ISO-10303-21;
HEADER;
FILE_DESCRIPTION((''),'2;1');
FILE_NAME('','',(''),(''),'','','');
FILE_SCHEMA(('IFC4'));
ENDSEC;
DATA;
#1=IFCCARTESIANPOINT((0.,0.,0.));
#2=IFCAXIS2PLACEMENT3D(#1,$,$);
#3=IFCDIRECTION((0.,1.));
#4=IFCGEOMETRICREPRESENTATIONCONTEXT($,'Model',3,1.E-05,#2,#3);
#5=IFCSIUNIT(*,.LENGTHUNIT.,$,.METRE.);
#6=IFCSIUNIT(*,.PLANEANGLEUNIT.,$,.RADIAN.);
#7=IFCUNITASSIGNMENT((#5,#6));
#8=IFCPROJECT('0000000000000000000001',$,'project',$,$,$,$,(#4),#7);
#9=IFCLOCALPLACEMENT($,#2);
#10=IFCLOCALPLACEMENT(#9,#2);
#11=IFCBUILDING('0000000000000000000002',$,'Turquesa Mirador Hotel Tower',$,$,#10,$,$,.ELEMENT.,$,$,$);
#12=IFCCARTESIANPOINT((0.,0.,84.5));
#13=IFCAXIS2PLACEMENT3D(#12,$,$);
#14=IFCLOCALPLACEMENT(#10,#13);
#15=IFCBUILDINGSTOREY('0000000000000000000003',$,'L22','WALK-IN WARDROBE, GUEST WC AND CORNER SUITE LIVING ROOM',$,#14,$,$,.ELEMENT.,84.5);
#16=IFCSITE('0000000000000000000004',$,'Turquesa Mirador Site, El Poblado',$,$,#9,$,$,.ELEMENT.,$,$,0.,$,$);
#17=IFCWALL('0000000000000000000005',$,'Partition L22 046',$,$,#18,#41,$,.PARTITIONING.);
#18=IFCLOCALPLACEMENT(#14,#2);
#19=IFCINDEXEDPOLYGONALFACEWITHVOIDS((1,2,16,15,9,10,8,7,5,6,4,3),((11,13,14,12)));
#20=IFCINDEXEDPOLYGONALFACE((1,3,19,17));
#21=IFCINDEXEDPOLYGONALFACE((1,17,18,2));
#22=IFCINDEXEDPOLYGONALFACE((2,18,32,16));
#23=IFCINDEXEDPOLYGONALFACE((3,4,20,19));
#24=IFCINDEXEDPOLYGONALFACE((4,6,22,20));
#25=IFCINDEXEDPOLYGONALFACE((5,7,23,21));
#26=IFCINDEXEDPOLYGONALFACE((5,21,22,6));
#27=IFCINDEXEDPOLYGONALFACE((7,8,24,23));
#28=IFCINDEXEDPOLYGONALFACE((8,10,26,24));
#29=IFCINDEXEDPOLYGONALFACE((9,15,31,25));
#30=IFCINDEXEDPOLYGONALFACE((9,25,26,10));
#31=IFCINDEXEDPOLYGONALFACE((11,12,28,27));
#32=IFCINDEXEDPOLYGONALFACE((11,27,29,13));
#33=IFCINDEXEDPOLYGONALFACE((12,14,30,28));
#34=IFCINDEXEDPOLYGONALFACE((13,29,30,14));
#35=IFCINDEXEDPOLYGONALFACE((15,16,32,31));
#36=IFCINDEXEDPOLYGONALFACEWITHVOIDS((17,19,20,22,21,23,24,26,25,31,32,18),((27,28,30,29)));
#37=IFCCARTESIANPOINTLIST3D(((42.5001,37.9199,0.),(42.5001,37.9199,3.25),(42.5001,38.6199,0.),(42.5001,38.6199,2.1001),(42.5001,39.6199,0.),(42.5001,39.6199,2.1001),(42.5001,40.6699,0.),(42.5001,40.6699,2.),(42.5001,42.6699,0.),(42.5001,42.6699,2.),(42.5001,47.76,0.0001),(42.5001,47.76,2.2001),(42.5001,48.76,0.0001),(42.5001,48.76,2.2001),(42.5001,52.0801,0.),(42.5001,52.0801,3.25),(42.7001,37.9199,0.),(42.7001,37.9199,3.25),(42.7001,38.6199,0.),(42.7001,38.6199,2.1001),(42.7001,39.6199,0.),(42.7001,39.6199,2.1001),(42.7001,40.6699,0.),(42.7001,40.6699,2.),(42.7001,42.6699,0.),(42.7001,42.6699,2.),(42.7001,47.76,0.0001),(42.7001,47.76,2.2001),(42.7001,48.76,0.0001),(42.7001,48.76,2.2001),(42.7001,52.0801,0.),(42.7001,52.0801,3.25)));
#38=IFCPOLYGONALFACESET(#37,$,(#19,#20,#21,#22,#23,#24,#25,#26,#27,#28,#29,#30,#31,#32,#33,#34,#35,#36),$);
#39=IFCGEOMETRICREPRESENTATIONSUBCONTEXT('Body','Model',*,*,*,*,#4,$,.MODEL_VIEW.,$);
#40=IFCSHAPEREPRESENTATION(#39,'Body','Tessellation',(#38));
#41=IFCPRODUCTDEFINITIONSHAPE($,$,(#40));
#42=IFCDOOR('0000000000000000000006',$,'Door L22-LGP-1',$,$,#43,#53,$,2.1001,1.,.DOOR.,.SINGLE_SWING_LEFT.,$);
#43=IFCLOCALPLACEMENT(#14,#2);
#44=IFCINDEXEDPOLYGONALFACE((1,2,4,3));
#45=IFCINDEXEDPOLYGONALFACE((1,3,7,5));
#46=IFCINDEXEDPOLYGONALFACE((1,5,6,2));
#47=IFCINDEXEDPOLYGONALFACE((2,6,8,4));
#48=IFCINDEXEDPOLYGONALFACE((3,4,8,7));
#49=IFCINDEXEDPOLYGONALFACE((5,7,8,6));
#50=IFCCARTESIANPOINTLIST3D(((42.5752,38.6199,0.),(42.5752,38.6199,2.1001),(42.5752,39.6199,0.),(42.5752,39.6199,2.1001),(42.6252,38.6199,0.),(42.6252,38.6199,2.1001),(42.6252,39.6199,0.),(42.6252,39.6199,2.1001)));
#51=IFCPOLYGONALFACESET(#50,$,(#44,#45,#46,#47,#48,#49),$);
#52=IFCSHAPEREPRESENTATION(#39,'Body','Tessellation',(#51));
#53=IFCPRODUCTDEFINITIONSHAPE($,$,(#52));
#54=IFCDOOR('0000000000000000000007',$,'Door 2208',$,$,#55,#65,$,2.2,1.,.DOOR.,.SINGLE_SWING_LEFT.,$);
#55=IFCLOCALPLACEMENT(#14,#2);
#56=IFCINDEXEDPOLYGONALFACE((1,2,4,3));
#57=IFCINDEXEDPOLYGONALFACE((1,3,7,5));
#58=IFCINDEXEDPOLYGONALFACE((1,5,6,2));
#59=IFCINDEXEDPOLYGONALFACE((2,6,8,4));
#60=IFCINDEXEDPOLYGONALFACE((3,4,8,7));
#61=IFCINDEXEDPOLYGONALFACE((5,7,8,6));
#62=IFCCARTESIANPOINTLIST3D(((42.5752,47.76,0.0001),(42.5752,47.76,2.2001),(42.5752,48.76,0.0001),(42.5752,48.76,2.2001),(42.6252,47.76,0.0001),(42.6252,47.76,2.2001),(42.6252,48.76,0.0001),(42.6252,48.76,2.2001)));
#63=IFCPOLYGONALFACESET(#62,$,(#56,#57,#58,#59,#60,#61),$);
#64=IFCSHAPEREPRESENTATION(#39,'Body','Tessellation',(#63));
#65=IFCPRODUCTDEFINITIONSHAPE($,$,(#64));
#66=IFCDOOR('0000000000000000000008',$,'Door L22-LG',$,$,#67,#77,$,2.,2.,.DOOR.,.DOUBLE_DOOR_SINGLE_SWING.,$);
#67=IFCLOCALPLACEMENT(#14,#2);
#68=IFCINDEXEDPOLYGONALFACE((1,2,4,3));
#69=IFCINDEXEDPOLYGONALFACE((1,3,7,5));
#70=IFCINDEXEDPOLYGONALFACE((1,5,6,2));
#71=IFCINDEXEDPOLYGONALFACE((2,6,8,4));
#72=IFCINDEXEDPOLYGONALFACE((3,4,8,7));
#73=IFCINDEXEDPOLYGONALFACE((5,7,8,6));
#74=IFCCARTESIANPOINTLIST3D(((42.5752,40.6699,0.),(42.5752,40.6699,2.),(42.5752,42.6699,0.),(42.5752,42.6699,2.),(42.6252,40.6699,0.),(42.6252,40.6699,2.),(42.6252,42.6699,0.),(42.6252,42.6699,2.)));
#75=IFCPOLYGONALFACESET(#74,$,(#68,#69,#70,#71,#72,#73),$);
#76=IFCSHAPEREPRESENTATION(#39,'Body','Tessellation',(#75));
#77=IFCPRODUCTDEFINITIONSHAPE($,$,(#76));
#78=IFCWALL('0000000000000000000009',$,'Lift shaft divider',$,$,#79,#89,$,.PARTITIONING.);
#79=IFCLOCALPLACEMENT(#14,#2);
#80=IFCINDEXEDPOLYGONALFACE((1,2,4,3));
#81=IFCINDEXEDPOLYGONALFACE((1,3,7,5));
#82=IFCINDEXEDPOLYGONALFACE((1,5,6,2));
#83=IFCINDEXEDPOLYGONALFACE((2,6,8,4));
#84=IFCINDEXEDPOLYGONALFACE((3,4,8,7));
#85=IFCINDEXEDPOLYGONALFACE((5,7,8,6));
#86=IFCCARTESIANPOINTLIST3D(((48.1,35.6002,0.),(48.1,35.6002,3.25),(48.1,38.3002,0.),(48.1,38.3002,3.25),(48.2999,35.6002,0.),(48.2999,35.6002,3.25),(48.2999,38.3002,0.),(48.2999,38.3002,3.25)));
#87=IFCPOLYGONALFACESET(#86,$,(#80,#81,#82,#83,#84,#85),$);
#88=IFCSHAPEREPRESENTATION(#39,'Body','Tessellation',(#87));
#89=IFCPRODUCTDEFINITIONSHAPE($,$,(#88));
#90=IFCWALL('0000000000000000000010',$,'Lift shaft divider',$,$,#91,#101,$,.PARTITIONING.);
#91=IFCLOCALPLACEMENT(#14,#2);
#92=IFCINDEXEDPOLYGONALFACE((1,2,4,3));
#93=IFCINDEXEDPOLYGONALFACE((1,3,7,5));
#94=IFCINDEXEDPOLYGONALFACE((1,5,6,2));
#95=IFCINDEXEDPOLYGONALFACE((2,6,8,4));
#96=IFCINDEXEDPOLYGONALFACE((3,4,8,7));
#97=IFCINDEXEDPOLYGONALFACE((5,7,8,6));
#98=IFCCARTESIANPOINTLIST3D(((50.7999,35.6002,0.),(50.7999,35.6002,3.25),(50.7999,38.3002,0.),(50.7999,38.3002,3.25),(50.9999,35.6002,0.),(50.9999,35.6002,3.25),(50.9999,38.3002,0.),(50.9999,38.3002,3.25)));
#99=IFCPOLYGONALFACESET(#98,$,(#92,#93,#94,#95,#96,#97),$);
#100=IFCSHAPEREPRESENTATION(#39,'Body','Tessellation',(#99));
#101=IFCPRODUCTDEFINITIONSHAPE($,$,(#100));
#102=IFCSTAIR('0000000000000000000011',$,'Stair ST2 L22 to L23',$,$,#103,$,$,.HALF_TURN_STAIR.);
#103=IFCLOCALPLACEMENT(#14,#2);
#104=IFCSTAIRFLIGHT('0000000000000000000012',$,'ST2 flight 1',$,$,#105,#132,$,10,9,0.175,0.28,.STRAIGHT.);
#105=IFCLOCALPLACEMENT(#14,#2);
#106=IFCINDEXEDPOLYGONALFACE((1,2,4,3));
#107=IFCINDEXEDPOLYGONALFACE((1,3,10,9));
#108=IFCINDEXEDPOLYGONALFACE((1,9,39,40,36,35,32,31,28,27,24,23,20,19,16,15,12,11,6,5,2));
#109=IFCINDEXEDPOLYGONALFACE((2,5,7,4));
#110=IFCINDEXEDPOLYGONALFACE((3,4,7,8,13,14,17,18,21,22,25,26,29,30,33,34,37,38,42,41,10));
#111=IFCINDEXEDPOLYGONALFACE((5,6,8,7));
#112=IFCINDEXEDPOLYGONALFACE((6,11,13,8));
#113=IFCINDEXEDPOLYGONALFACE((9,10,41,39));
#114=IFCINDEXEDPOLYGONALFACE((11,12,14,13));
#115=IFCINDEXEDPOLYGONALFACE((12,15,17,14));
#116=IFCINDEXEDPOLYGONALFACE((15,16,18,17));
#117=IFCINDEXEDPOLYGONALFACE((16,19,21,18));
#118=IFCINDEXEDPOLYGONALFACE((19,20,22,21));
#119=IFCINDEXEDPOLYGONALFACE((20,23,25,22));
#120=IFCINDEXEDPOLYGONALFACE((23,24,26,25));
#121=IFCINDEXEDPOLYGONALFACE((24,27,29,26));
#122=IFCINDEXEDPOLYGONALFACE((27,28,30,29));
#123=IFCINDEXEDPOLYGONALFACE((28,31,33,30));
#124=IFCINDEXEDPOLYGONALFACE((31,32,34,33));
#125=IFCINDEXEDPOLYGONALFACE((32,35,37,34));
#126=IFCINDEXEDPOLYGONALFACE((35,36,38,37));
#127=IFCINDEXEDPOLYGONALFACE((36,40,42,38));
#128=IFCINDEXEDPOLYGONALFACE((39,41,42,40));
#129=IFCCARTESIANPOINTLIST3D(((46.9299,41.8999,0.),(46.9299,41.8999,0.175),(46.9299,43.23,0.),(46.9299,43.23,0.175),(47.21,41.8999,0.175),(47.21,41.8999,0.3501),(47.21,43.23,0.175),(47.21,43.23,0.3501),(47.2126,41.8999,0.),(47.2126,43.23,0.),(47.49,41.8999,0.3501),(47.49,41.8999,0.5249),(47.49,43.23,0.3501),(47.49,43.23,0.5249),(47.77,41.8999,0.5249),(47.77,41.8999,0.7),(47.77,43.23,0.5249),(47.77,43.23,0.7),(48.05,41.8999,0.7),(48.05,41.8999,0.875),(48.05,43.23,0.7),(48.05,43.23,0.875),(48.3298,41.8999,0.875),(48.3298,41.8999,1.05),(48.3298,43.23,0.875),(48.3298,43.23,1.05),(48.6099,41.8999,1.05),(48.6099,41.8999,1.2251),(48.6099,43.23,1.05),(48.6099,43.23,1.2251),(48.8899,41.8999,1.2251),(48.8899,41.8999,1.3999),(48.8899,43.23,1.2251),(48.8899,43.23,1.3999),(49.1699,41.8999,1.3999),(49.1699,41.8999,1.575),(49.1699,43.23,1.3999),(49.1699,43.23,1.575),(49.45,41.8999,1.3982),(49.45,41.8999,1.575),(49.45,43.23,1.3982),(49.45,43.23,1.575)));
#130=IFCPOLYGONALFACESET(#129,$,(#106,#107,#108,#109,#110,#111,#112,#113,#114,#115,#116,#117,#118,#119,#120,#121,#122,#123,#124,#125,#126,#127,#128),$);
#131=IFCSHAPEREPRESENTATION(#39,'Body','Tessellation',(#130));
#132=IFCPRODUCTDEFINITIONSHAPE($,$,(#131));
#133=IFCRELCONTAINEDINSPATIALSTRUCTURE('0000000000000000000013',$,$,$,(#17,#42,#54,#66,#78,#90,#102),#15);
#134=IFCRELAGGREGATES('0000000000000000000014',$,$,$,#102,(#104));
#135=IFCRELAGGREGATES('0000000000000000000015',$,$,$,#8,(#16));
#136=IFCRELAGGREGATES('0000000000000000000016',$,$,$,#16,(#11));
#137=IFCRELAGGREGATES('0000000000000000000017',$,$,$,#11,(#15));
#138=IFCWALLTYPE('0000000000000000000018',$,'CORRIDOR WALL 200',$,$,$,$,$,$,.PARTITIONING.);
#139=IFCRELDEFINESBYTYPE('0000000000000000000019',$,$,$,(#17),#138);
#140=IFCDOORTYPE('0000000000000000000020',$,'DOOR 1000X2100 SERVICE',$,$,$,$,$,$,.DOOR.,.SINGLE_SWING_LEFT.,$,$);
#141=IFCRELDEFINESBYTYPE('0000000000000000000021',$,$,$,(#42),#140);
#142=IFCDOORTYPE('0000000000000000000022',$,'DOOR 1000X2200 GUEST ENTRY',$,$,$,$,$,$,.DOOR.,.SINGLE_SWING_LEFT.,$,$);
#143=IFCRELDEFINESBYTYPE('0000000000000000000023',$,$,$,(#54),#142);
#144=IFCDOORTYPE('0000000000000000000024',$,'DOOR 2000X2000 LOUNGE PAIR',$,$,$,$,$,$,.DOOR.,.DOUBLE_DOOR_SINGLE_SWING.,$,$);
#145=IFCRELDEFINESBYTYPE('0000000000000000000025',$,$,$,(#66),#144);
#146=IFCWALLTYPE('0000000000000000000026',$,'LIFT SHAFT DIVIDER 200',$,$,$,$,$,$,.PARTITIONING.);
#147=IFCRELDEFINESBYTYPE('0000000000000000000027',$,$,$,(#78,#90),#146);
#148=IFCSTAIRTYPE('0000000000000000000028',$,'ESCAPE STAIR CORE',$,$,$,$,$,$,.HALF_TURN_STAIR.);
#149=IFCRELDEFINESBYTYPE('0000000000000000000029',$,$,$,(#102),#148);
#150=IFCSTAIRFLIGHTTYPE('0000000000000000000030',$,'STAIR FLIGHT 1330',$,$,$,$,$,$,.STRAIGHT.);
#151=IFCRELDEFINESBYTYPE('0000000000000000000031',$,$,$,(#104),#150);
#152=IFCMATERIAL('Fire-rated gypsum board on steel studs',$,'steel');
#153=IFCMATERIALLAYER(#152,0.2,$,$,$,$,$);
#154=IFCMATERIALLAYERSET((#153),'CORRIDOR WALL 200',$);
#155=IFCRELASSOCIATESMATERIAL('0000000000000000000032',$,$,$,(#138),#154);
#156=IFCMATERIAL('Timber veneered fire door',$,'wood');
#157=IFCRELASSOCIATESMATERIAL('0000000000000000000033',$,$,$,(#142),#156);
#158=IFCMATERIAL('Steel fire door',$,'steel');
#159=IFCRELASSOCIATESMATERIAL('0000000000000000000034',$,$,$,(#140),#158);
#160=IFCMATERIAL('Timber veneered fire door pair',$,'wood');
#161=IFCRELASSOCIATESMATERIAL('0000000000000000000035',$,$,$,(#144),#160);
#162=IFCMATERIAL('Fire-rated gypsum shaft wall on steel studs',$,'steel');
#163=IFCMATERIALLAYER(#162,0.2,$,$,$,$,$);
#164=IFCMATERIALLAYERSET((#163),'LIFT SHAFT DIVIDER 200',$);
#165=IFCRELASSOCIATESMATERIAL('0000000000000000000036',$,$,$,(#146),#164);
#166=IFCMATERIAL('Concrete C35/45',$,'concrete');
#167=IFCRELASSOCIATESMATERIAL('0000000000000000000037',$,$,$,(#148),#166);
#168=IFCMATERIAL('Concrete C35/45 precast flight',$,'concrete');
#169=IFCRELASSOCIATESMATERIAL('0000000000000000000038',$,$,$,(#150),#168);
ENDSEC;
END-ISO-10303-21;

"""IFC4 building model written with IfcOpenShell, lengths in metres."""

from ifc_helpers import new_model, si_unit, direction, frame, frame_2d, origin, place, context, subcontext, project, spatial, polyline, rectangle, outline, extrude, material, layer, layer_set, type_object, element, fill, aggregate, save


model = new_model("IFC4")

# Units and contexts
model_context = context("Model", 3, precision=1e-05, world=origin(), true_north=direction((0.0, 1.0)))
body_context = subcontext(model_context, "Body", "Model", "MODEL_VIEW")
ifc_project = project(units=[si_unit("LENGTHUNIT", "METRE"), si_unit("PLANEANGLEUNIT", "RADIAN")], contexts=[model_context])

# Site, building, storey
site_placement = place(None, origin())
site = spatial("IfcSite", under=ifc_project, at=site_placement, Name="Turquesa Mirador Site, El Poblado", CompositionType="ELEMENT", RefElevation=0.0)
building_placement = place(site_placement, origin())
building = spatial("IfcBuilding", under=site, at=building_placement, Name="Turquesa Mirador Hotel Tower", CompositionType="ELEMENT")
storey_placement = place(building_placement, frame((0.0, 0.0, 84.5)))
storey = spatial("IfcBuildingStorey", under=building, at=storey_placement, Name="L22", Description="WALK-IN WARDROBE, GUEST WC AND CORNER SUITE LIVING ROOM", CompositionType="ELEMENT", Elevation=84.5)

# Shared definitions
ifc_material_1 = material(Name="Fire-rated gypsum board on steel studs", Category="steel")
ifc_layer_1 = layer(ifc_material_1, 0.2)
ifc_layer_set_1 = layer_set([ifc_layer_1], Name="CORRIDOR WALL 200")
wall_type_1 = type_object("IfcWallType", Name="CORRIDOR WALL 200", PredefinedType="PARTITIONING", material=ifc_layer_set_1)
ifc_material_2 = material(Name="Timber veneered fire door", Category="wood")
door_type_1 = type_object("IfcDoorType", Name="DOOR 1000X2200 GUEST ENTRY", OperationType="SINGLE_SWING_LEFT", PredefinedType="DOOR", material=ifc_material_2)

# Wall, openings, doors
wall_1_placement = place(storey_placement, frame((42.6001, 37.9199, 0.0), z_axis=(0.0, 0.0, 1.0), x_axis=(0.0, 1.0, 0.0)))
wall_1 = element("IfcWall", 1, at=wall_1_placement, inside=storey, type_object=wall_type_1, Name="Partition L22 046", PredefinedType="PARTITIONING", context=body_context, shape_type="SweptSolid", body=[
    extrude(rectangle(XDim=14.1602, YDim=0.2, at=frame_2d((7.0801, 0.0))), origin(), (0.0, 0.0, 1.0), 3.25),
])
opening_1_placement = place(wall_1_placement, frame((9.8401, 0.0, 0.0)))
opening_1 = element("IfcOpeningElement", 2, at=opening_1_placement, cuts=wall_1, PredefinedType="OPENING", context=body_context, shape_type="SweptSolid", body=[
    extrude(rectangle(XDim=1.0, YDim=2.2, at=frame_2d((0.5, 1.1001))), frame((0.0, 0.1099, 0.0), z_axis=(0.0, -1.0, 0.0), x_axis=(1.0, 0.0, 0.0)), (0.0, 0.0, 1.0), 0.22),
])
opening_2_placement = place(wall_1_placement, frame((2.75, 0.0, 0.0)))
opening_2 = element("IfcOpeningElement", 3, at=opening_2_placement, cuts=wall_1, PredefinedType="OPENING", context=body_context, shape_type="SweptSolid", body=[
    extrude(rectangle(XDim=2.0, YDim=2.0, at=frame_2d((1.0, 1.0))), frame((0.0, 0.1099, 0.0), z_axis=(0.0, -1.0, 0.0), x_axis=(1.0, 0.0, 0.0)), (0.0, 0.0, 1.0), 0.22),
])
opening_3_placement = place(wall_1_placement, frame((0.7, 0.0, 0.0)))
opening_3 = element("IfcOpeningElement", 4, at=opening_3_placement, cuts=wall_1, PredefinedType="OPENING", context=body_context, shape_type="SweptSolid", body=[
    extrude(rectangle(XDim=1.0, YDim=2.1001, at=frame_2d((0.5, 1.05))), frame((0.0, 0.1099, 0.0), z_axis=(0.0, -1.0, 0.0), x_axis=(1.0, 0.0, 0.0)), (0.0, 0.0, 1.0), 0.22),
])
ifc_material_3 = material(Name="Steel fire door", Category="steel")
door_type_2 = type_object("IfcDoorType", Name="DOOR 1000X2100 SERVICE", OperationType="SINGLE_SWING_LEFT", PredefinedType="DOOR", material=ifc_material_3)
door_1_placement = place(opening_3_placement, origin())
door_1 = element("IfcDoor", 5, at=door_1_placement, inside=storey, type_object=door_type_2, Name="Door L22-LGP-1", OperationType="SINGLE_SWING_LEFT", OverallHeight=2.1001, OverallWidth=1.0, PredefinedType="DOOR", context=body_context, shape_type="SweptSolid", body=[
    extrude(rectangle(XDim=1.0, YDim=2.1001, at=frame_2d((0.5, 1.05))), frame((0.0, 0.0249, 0.0), z_axis=(0.0, -1.0, 0.0), x_axis=(1.0, 0.0, 0.0)), (0.0, 0.0, 1.0), 0.05),
])
fill(opening_3, door_1)
door_2_placement = place(opening_1_placement, origin())
door_2 = element("IfcDoor", 6, at=door_2_placement, inside=storey, type_object=door_type_1, Name="Door 2208", OperationType="SINGLE_SWING_LEFT", OverallHeight=2.2, OverallWidth=1.0, PredefinedType="DOOR", context=body_context, shape_type="SweptSolid", body=[
    extrude(rectangle(XDim=1.0, YDim=2.2, at=frame_2d((0.5, 1.1001))), frame((0.0, 0.0249, 0.0), z_axis=(0.0, -1.0, 0.0), x_axis=(1.0, 0.0, 0.0)), (0.0, 0.0, 1.0), 0.05),
])
fill(opening_1, door_2)
ifc_material_4 = material(Name="Timber veneered fire door pair", Category="wood")
door_type_3 = type_object("IfcDoorType", Name="DOOR 2000X2000 LOUNGE PAIR", OperationType="DOUBLE_DOOR_SINGLE_SWING", PredefinedType="DOOR", material=ifc_material_4)
door_3_placement = place(opening_2_placement, origin())
door_3 = element("IfcDoor", 7, at=door_3_placement, inside=storey, type_object=door_type_3, Name="Door L22-LG", OperationType="DOUBLE_DOOR_SINGLE_SWING", OverallHeight=2.0, OverallWidth=2.0, PredefinedType="DOOR", context=body_context, shape_type="SweptSolid", body=[
    extrude(rectangle(XDim=2.0, YDim=2.0, at=frame_2d((1.0, 1.0))), frame((0.0, 0.0249, 0.0), z_axis=(0.0, -1.0, 0.0), x_axis=(1.0, 0.0, 0.0)), (0.0, 0.0, 1.0), 0.05),
])
fill(opening_2, door_3)

# Walls
ifc_material_5 = material(Name="Fire-rated gypsum shaft wall on steel studs", Category="steel")
ifc_layer_2 = layer(ifc_material_5, 0.2)
ifc_layer_set_2 = layer_set([ifc_layer_2], Name="LIFT SHAFT DIVIDER 200")
wall_type_2 = type_object("IfcWallType", Name="LIFT SHAFT DIVIDER 200", PredefinedType="PARTITIONING", material=ifc_layer_set_2)
for number, where, z_axis, x_axis, name in (
    (8, (48.2, 35.6001, 0.0), (0.0, 0.0, 1.0), (0.0, 1.0, 0.0), "Lift shaft divider"),
    (9, (50.8999, 35.6001, 0.0), (0.0, 0.0, 1.0), (0.0, 1.0, 0.0), "Lift shaft divider"),
):
    element("IfcWall", number, at=place(storey_placement, frame(where, z_axis=z_axis, x_axis=x_axis)), inside=storey, type_object=wall_type_2, Name=name, PredefinedType="PARTITIONING", context=body_context, shape_type="SweptSolid", body=[
        extrude(rectangle(XDim=2.7, YDim=0.2, at=frame_2d((1.3501, 0.0))), origin(), (0.0, 0.0, 1.0), 3.25),
    ])

# Stair, stair flight
ifc_material_6 = material(Name="Concrete C35/45", Category="concrete")
stair_type = type_object("IfcStairType", Name="ESCAPE STAIR CORE", PredefinedType="HALF_TURN_STAIR", material=ifc_material_6)
stair_placement = place(storey_placement, origin())
stair = element("IfcStair", 10, at=stair_placement, inside=storey, type_object=stair_type, Name="Stair ST2 L22 to L23", PredefinedType="HALF_TURN_STAIR")
ifc_material_7 = material(Name="Concrete C35/45 precast flight", Category="concrete")
stair_flight_type = type_object("IfcStairFlightType", Name="STAIR FLIGHT 1330", PredefinedType="STRAIGHT", material=ifc_material_7)
stair_flight_placement = place(storey_placement, frame((46.9299, 42.5649, 0.0), z_axis=(0.0, 0.0, 1.0), x_axis=(1.0, 0.0, 0.0)))
stair_flight = element("IfcStairFlight", 11, at=stair_flight_placement, type_object=stair_flight_type, Name="ST2 flight 1", NumberOfRisers=10, NumberOfTreads=9, PredefinedType="STRAIGHT", RiserHeight=0.175, TreadLength=0.28, context=body_context, shape_type="SweptSolid", body=[
    extrude(outline(polyline([(0.0, 0.0), (0.0, 0.175), (0.28, 0.175), (0.28, 0.3501), (0.5601, 0.3501), (0.5601, 0.5249), (0.8401, 0.5249), (0.8401, 0.7), (1.1201, 0.7), (1.1201, 0.875), (1.3999, 0.875), (1.3999, 1.05), (1.6799, 1.05), (1.6799, 1.2251), (1.96, 1.2251), (1.96, 1.3999), (2.24, 1.3999), (2.24, 1.575), (2.52, 1.575), (2.52, 1.75), (2.52, 1.3982), (0.2827, 0.0), (0.0, 0.0)])), frame((0.0, 0.665, 0.0), z_axis=(0.0, -1.0, 0.0), x_axis=(1.0, 0.0, 0.0)), (0.0, 0.0, 1.0), 1.3301),
])
aggregate(stair, [stair_flight])

save(model, "model.ifc")
